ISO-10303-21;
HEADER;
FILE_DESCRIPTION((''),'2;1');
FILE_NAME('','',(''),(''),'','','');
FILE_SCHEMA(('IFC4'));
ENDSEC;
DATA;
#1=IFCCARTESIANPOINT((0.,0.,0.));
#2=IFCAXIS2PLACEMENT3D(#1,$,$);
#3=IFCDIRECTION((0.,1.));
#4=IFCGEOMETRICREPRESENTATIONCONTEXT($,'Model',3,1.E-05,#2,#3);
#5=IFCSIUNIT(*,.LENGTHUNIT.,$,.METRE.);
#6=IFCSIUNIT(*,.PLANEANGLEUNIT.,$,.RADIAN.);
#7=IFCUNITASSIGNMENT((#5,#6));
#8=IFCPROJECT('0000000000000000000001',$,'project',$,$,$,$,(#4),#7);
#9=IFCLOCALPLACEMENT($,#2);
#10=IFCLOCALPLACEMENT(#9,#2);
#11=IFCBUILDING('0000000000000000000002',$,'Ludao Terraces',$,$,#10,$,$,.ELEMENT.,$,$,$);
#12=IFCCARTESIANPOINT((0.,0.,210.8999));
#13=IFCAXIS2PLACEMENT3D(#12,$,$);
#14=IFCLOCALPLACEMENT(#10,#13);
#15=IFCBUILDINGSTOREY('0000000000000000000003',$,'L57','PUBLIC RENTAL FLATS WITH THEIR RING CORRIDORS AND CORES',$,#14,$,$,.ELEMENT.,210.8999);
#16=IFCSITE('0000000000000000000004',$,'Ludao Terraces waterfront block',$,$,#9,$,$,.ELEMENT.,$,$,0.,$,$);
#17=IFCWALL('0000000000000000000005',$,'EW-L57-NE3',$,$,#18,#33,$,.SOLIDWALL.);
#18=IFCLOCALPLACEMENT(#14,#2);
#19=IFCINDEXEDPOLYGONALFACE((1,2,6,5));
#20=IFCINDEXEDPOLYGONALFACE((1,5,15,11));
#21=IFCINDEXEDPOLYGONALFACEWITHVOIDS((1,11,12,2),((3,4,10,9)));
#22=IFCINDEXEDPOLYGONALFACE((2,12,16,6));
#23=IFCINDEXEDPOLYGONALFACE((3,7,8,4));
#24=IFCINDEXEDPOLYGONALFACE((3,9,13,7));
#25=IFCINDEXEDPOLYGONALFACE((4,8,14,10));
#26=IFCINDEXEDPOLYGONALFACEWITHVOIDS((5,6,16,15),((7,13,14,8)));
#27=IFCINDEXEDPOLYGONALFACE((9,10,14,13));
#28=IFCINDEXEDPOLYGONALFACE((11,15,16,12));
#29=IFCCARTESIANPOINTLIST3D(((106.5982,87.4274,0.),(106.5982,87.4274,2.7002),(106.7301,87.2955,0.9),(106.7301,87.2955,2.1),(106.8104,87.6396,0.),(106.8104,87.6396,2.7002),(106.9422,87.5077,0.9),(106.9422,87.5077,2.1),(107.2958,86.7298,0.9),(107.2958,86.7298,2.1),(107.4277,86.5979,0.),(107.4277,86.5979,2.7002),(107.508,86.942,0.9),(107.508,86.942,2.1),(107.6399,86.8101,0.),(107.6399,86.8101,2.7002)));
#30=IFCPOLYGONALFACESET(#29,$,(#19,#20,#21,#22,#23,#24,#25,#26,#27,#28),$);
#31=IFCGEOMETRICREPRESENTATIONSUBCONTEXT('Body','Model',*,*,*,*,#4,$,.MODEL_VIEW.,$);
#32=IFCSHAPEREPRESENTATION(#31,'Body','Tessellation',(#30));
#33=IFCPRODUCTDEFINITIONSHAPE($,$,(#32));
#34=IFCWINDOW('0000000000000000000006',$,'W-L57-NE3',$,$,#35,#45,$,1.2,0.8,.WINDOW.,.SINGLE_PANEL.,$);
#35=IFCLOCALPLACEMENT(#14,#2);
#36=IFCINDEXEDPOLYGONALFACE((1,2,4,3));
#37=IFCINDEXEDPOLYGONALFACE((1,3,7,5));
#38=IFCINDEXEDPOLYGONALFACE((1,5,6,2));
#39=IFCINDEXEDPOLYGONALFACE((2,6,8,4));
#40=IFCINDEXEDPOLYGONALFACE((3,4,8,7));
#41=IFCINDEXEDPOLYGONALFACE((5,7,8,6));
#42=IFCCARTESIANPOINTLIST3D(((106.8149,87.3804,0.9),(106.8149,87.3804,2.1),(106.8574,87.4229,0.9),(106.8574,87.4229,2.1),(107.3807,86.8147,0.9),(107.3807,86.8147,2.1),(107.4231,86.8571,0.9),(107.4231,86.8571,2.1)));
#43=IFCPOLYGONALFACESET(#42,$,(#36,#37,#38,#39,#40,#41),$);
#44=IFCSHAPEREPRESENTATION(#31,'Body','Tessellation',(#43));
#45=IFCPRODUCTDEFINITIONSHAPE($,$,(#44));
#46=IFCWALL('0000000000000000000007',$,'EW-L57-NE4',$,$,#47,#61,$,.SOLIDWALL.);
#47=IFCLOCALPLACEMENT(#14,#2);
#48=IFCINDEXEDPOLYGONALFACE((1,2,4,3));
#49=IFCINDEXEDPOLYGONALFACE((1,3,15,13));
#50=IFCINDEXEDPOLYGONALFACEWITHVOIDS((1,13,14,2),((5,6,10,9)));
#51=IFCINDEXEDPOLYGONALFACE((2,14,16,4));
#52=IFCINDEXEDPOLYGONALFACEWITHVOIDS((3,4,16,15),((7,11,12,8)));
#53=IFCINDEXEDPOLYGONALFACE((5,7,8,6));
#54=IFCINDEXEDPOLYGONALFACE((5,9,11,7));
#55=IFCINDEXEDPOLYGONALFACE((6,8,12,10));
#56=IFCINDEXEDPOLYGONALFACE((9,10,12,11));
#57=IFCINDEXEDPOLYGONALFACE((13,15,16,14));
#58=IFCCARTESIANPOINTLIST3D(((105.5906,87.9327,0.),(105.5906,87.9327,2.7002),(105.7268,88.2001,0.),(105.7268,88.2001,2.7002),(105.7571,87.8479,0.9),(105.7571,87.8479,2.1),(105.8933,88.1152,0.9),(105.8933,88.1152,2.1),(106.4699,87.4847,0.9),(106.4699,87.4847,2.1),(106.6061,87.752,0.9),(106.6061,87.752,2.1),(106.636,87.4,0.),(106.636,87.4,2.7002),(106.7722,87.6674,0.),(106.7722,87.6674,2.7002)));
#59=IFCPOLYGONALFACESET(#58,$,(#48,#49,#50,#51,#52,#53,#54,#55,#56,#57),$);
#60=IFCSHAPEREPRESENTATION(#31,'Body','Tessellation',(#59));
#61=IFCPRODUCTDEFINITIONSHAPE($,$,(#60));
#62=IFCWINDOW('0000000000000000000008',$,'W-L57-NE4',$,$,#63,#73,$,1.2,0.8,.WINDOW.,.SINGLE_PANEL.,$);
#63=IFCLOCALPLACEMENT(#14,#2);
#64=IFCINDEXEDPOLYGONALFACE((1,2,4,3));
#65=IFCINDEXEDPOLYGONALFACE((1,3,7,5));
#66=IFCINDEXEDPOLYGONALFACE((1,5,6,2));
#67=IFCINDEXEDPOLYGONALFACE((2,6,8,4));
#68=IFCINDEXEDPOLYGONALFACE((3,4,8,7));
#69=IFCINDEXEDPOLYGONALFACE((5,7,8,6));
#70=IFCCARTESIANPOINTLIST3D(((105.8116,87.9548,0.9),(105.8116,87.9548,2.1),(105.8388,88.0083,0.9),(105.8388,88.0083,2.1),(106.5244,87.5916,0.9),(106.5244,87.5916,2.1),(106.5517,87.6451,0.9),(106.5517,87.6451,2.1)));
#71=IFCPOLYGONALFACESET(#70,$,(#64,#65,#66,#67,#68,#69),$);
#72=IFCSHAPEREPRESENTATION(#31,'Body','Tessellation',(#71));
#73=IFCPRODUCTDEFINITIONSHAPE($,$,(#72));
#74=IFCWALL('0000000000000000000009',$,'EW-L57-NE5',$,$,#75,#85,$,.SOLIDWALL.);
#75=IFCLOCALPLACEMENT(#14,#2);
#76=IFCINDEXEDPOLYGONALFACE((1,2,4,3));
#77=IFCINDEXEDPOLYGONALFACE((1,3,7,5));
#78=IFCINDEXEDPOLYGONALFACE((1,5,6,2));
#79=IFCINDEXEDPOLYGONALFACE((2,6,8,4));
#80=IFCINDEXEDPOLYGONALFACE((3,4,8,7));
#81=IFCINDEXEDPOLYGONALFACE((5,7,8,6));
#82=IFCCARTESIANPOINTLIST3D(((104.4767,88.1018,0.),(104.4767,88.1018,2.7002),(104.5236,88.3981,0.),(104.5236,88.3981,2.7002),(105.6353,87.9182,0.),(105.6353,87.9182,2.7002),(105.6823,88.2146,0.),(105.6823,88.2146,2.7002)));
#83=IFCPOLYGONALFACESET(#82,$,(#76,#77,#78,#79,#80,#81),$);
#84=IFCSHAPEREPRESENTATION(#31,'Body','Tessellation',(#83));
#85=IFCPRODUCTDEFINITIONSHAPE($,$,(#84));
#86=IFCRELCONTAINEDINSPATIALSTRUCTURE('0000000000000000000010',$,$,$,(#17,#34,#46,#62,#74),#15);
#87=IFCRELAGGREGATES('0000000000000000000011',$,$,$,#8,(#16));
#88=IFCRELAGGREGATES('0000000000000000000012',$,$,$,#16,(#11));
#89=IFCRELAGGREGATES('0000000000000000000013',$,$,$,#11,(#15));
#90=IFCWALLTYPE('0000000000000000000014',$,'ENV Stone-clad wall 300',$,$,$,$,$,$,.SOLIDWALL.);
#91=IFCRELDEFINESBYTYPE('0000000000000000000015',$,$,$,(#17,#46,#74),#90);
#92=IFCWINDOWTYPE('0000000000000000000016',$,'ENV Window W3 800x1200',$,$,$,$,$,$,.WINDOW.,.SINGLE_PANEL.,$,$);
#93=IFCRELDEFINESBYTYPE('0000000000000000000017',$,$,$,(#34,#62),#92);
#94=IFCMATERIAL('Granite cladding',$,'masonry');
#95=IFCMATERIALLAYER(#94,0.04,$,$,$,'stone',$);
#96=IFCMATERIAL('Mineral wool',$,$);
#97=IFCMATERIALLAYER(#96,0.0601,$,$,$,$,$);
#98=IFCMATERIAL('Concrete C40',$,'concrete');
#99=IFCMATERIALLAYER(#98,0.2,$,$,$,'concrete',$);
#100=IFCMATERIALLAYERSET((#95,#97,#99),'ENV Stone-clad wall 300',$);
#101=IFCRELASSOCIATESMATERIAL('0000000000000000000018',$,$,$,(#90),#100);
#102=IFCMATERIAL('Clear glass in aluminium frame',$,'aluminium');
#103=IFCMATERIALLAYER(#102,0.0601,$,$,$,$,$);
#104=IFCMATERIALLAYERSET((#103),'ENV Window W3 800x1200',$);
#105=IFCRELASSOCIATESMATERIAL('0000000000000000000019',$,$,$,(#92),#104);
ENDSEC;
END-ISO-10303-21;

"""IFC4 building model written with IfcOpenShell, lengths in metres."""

from ifc_helpers import new_model, si_unit, direction, frame, frame_2d, origin, place, context, subcontext, project, spatial, rectangle, extrude, material, layer, layer_set, type_object, element, fill, save


model = new_model("IFC4")

# Units and contexts
model_context = context("Model", 3, precision=1e-05, world=origin(), true_north=direction((0.0, 1.0)))
body_context = subcontext(model_context, "Body", "Model", "MODEL_VIEW")
ifc_project = project(units=[si_unit("LENGTHUNIT", "METRE"), si_unit("PLANEANGLEUNIT", "RADIAN")], contexts=[model_context])

# Site, building, storey
site_placement = place(None, origin())
site = spatial("IfcSite", under=ifc_project, at=site_placement, Name="Ludao Terraces waterfront block", CompositionType="ELEMENT", RefElevation=0.0)
building_placement = place(site_placement, origin())
building = spatial("IfcBuilding", under=site, at=building_placement, Name="Ludao Terraces", CompositionType="ELEMENT")
storey_placement = place(building_placement, frame((0.0, 0.0, 210.8999)))
storey = spatial("IfcBuildingStorey", under=building, at=storey_placement, Name="L57", Description="PUBLIC RENTAL FLATS WITH THEIR RING CORRIDORS AND CORES", CompositionType="ELEMENT", Elevation=210.8999)

# Shared definitions
ifc_material_1 = material(Name="Concrete C40", Category="concrete")

# Shared definitions
ifc_material_2 = material(Name="Granite cladding", Category="masonry")
ifc_layer_1 = layer(ifc_material_2, 0.04, Category="stone")
ifc_material_3 = material(Name="Mineral wool")
ifc_layer_2 = layer(ifc_material_3, 0.0601)
ifc_layer_3 = layer(ifc_material_1, 0.2, Category="concrete")
ifc_layer_set_1 = layer_set([ifc_layer_1, ifc_layer_2, ifc_layer_3], Name="ENV Stone-clad wall 300")
wall_type = type_object("IfcWallType", Name="ENV Stone-clad wall 300", PredefinedType="SOLIDWALL", material=ifc_layer_set_1)
ifc_material_4 = material(Name="Clear glass in aluminium frame", Category="aluminium")

# Walls, openings, windows
ifc_layer_4 = layer(ifc_material_4, 0.0601)
ifc_layer_set_2 = layer_set([ifc_layer_4], Name="ENV Window W3 800x1200")
window_type_1 = type_object("IfcWindowType", Name="ENV Window W3 800x1200", PartitioningType="SINGLE_PANEL", PredefinedType="WINDOW", material=ifc_layer_set_2)
wall_1_placement = place(storey_placement, frame((107.5337, 86.7041, 0.0), z_axis=(0.0, 0.0, 1.0), x_axis=(-0.707107, 0.707107, 0.0)))
wall_1 = element("IfcWall", 1, at=wall_1_placement, inside=storey, type_object=wall_type, Name="EW-L57-NE3", PredefinedType="SOLIDWALL", context=body_context, shape_type="SweptSolid", body=[
    extrude(rectangle(XDim=1.1731, YDim=0.3, at=frame_2d((0.5864, 0.0))), origin(), (0.0, 0.0, 1.0), 2.7002),
])
opening_1_placement = place(wall_1_placement, frame((0.1865, 0.0, 0.8999)))
opening_1 = element("IfcOpeningElement", 2, at=opening_1_placement, cuts=wall_1, PredefinedType="OPENING", context=body_context, shape_type="SweptSolid", body=[
    extrude(rectangle(XDim=0.8, YDim=1.2, at=frame_2d((0.3999, 0.6001))), frame((0.0, 0.1602, 0.0), z_axis=(0.0, -1.0, 0.0), x_axis=(1.0, 0.0, 0.0)), (0.0, 0.0, 1.0), 0.3201),
])
window_1_placement = place(opening_1_placement, origin())
window_1 = element("IfcWindow", 3, at=window_1_placement, inside=storey, type_object=window_type_1, Name="W-L57-NE3", OverallHeight=1.2, OverallWidth=0.8, PartitioningType="SINGLE_PANEL", PredefinedType="WINDOW", context=body_context, shape_type="SweptSolid", body=[
    extrude(rectangle(XDim=0.8, YDim=1.2, at=frame_2d((0.3999, 0.6001))), frame((0.0, 0.03, 0.0), z_axis=(0.0, -1.0, 0.0), x_axis=(1.0, 0.0, 0.0)), (0.0, 0.0, 1.0), 0.0601),
])
fill(opening_1, window_1)
wall_2_placement = place(storey_placement, frame((106.7041, 87.5337, 0.0), z_axis=(0.0, 0.0, 1.0), x_axis=(-0.890989, 0.454026, 0.0)))
wall_2 = element("IfcWall", 4, at=wall_2_placement, inside=storey, type_object=wall_type, Name="EW-L57-NE4", PredefinedType="SOLIDWALL", context=body_context, shape_type="SweptSolid", body=[
    extrude(rectangle(XDim=1.1733, YDim=0.3, at=frame_2d((0.5867, 0.0))), origin(), (0.0, 0.0, 1.0), 2.7002),
])
opening_2_placement = place(wall_2_placement, frame((0.1865, 0.0, 0.8999)))
opening_2 = element("IfcOpeningElement", 5, at=opening_2_placement, cuts=wall_2, PredefinedType="OPENING", context=body_context, shape_type="SweptSolid", body=[
    extrude(rectangle(XDim=0.8, YDim=1.2, at=frame_2d((0.3999, 0.6001))), frame((0.0, 0.1602, 0.0), z_axis=(0.0, -1.0, 0.0), x_axis=(1.0, 0.0, 0.0)), (0.0, 0.0, 1.0), 0.3201),
])
window_2_placement = place(opening_2_placement, origin())
window_2 = element("IfcWindow", 6, at=window_2_placement, inside=storey, type_object=window_type_1, Name="W-L57-NE4", OverallHeight=1.2, OverallWidth=0.8, PartitioningType="SINGLE_PANEL", PredefinedType="WINDOW", context=body_context, shape_type="SweptSolid", body=[
    extrude(rectangle(XDim=0.8, YDim=1.2, at=frame_2d((0.3999, 0.6001))), frame((0.0, 0.03, 0.0), z_axis=(0.0, -1.0, 0.0), x_axis=(1.0, 0.0, 0.0)), (0.0, 0.0, 1.0), 0.0601),
])
fill(opening_2, window_2)

# Wall
wall_3_placement = place(storey_placement, frame((105.6587, 88.0664, 0.0), z_axis=(0.0, 0.0, 1.0), x_axis=(-0.987678, 0.156497, 0.0)))
element("IfcWall", 7, at=wall_3_placement, inside=storey, type_object=wall_type, Name="EW-L57-NE5", PredefinedType="SOLIDWALL", context=body_context, shape_type="SweptSolid", body=[
    extrude(rectangle(XDim=1.1731, YDim=0.3, at=frame_2d((0.5864, 0.0))), origin(), (0.0, 0.0, 1.0), 2.7002),
])

save(model, "model.ifc")
